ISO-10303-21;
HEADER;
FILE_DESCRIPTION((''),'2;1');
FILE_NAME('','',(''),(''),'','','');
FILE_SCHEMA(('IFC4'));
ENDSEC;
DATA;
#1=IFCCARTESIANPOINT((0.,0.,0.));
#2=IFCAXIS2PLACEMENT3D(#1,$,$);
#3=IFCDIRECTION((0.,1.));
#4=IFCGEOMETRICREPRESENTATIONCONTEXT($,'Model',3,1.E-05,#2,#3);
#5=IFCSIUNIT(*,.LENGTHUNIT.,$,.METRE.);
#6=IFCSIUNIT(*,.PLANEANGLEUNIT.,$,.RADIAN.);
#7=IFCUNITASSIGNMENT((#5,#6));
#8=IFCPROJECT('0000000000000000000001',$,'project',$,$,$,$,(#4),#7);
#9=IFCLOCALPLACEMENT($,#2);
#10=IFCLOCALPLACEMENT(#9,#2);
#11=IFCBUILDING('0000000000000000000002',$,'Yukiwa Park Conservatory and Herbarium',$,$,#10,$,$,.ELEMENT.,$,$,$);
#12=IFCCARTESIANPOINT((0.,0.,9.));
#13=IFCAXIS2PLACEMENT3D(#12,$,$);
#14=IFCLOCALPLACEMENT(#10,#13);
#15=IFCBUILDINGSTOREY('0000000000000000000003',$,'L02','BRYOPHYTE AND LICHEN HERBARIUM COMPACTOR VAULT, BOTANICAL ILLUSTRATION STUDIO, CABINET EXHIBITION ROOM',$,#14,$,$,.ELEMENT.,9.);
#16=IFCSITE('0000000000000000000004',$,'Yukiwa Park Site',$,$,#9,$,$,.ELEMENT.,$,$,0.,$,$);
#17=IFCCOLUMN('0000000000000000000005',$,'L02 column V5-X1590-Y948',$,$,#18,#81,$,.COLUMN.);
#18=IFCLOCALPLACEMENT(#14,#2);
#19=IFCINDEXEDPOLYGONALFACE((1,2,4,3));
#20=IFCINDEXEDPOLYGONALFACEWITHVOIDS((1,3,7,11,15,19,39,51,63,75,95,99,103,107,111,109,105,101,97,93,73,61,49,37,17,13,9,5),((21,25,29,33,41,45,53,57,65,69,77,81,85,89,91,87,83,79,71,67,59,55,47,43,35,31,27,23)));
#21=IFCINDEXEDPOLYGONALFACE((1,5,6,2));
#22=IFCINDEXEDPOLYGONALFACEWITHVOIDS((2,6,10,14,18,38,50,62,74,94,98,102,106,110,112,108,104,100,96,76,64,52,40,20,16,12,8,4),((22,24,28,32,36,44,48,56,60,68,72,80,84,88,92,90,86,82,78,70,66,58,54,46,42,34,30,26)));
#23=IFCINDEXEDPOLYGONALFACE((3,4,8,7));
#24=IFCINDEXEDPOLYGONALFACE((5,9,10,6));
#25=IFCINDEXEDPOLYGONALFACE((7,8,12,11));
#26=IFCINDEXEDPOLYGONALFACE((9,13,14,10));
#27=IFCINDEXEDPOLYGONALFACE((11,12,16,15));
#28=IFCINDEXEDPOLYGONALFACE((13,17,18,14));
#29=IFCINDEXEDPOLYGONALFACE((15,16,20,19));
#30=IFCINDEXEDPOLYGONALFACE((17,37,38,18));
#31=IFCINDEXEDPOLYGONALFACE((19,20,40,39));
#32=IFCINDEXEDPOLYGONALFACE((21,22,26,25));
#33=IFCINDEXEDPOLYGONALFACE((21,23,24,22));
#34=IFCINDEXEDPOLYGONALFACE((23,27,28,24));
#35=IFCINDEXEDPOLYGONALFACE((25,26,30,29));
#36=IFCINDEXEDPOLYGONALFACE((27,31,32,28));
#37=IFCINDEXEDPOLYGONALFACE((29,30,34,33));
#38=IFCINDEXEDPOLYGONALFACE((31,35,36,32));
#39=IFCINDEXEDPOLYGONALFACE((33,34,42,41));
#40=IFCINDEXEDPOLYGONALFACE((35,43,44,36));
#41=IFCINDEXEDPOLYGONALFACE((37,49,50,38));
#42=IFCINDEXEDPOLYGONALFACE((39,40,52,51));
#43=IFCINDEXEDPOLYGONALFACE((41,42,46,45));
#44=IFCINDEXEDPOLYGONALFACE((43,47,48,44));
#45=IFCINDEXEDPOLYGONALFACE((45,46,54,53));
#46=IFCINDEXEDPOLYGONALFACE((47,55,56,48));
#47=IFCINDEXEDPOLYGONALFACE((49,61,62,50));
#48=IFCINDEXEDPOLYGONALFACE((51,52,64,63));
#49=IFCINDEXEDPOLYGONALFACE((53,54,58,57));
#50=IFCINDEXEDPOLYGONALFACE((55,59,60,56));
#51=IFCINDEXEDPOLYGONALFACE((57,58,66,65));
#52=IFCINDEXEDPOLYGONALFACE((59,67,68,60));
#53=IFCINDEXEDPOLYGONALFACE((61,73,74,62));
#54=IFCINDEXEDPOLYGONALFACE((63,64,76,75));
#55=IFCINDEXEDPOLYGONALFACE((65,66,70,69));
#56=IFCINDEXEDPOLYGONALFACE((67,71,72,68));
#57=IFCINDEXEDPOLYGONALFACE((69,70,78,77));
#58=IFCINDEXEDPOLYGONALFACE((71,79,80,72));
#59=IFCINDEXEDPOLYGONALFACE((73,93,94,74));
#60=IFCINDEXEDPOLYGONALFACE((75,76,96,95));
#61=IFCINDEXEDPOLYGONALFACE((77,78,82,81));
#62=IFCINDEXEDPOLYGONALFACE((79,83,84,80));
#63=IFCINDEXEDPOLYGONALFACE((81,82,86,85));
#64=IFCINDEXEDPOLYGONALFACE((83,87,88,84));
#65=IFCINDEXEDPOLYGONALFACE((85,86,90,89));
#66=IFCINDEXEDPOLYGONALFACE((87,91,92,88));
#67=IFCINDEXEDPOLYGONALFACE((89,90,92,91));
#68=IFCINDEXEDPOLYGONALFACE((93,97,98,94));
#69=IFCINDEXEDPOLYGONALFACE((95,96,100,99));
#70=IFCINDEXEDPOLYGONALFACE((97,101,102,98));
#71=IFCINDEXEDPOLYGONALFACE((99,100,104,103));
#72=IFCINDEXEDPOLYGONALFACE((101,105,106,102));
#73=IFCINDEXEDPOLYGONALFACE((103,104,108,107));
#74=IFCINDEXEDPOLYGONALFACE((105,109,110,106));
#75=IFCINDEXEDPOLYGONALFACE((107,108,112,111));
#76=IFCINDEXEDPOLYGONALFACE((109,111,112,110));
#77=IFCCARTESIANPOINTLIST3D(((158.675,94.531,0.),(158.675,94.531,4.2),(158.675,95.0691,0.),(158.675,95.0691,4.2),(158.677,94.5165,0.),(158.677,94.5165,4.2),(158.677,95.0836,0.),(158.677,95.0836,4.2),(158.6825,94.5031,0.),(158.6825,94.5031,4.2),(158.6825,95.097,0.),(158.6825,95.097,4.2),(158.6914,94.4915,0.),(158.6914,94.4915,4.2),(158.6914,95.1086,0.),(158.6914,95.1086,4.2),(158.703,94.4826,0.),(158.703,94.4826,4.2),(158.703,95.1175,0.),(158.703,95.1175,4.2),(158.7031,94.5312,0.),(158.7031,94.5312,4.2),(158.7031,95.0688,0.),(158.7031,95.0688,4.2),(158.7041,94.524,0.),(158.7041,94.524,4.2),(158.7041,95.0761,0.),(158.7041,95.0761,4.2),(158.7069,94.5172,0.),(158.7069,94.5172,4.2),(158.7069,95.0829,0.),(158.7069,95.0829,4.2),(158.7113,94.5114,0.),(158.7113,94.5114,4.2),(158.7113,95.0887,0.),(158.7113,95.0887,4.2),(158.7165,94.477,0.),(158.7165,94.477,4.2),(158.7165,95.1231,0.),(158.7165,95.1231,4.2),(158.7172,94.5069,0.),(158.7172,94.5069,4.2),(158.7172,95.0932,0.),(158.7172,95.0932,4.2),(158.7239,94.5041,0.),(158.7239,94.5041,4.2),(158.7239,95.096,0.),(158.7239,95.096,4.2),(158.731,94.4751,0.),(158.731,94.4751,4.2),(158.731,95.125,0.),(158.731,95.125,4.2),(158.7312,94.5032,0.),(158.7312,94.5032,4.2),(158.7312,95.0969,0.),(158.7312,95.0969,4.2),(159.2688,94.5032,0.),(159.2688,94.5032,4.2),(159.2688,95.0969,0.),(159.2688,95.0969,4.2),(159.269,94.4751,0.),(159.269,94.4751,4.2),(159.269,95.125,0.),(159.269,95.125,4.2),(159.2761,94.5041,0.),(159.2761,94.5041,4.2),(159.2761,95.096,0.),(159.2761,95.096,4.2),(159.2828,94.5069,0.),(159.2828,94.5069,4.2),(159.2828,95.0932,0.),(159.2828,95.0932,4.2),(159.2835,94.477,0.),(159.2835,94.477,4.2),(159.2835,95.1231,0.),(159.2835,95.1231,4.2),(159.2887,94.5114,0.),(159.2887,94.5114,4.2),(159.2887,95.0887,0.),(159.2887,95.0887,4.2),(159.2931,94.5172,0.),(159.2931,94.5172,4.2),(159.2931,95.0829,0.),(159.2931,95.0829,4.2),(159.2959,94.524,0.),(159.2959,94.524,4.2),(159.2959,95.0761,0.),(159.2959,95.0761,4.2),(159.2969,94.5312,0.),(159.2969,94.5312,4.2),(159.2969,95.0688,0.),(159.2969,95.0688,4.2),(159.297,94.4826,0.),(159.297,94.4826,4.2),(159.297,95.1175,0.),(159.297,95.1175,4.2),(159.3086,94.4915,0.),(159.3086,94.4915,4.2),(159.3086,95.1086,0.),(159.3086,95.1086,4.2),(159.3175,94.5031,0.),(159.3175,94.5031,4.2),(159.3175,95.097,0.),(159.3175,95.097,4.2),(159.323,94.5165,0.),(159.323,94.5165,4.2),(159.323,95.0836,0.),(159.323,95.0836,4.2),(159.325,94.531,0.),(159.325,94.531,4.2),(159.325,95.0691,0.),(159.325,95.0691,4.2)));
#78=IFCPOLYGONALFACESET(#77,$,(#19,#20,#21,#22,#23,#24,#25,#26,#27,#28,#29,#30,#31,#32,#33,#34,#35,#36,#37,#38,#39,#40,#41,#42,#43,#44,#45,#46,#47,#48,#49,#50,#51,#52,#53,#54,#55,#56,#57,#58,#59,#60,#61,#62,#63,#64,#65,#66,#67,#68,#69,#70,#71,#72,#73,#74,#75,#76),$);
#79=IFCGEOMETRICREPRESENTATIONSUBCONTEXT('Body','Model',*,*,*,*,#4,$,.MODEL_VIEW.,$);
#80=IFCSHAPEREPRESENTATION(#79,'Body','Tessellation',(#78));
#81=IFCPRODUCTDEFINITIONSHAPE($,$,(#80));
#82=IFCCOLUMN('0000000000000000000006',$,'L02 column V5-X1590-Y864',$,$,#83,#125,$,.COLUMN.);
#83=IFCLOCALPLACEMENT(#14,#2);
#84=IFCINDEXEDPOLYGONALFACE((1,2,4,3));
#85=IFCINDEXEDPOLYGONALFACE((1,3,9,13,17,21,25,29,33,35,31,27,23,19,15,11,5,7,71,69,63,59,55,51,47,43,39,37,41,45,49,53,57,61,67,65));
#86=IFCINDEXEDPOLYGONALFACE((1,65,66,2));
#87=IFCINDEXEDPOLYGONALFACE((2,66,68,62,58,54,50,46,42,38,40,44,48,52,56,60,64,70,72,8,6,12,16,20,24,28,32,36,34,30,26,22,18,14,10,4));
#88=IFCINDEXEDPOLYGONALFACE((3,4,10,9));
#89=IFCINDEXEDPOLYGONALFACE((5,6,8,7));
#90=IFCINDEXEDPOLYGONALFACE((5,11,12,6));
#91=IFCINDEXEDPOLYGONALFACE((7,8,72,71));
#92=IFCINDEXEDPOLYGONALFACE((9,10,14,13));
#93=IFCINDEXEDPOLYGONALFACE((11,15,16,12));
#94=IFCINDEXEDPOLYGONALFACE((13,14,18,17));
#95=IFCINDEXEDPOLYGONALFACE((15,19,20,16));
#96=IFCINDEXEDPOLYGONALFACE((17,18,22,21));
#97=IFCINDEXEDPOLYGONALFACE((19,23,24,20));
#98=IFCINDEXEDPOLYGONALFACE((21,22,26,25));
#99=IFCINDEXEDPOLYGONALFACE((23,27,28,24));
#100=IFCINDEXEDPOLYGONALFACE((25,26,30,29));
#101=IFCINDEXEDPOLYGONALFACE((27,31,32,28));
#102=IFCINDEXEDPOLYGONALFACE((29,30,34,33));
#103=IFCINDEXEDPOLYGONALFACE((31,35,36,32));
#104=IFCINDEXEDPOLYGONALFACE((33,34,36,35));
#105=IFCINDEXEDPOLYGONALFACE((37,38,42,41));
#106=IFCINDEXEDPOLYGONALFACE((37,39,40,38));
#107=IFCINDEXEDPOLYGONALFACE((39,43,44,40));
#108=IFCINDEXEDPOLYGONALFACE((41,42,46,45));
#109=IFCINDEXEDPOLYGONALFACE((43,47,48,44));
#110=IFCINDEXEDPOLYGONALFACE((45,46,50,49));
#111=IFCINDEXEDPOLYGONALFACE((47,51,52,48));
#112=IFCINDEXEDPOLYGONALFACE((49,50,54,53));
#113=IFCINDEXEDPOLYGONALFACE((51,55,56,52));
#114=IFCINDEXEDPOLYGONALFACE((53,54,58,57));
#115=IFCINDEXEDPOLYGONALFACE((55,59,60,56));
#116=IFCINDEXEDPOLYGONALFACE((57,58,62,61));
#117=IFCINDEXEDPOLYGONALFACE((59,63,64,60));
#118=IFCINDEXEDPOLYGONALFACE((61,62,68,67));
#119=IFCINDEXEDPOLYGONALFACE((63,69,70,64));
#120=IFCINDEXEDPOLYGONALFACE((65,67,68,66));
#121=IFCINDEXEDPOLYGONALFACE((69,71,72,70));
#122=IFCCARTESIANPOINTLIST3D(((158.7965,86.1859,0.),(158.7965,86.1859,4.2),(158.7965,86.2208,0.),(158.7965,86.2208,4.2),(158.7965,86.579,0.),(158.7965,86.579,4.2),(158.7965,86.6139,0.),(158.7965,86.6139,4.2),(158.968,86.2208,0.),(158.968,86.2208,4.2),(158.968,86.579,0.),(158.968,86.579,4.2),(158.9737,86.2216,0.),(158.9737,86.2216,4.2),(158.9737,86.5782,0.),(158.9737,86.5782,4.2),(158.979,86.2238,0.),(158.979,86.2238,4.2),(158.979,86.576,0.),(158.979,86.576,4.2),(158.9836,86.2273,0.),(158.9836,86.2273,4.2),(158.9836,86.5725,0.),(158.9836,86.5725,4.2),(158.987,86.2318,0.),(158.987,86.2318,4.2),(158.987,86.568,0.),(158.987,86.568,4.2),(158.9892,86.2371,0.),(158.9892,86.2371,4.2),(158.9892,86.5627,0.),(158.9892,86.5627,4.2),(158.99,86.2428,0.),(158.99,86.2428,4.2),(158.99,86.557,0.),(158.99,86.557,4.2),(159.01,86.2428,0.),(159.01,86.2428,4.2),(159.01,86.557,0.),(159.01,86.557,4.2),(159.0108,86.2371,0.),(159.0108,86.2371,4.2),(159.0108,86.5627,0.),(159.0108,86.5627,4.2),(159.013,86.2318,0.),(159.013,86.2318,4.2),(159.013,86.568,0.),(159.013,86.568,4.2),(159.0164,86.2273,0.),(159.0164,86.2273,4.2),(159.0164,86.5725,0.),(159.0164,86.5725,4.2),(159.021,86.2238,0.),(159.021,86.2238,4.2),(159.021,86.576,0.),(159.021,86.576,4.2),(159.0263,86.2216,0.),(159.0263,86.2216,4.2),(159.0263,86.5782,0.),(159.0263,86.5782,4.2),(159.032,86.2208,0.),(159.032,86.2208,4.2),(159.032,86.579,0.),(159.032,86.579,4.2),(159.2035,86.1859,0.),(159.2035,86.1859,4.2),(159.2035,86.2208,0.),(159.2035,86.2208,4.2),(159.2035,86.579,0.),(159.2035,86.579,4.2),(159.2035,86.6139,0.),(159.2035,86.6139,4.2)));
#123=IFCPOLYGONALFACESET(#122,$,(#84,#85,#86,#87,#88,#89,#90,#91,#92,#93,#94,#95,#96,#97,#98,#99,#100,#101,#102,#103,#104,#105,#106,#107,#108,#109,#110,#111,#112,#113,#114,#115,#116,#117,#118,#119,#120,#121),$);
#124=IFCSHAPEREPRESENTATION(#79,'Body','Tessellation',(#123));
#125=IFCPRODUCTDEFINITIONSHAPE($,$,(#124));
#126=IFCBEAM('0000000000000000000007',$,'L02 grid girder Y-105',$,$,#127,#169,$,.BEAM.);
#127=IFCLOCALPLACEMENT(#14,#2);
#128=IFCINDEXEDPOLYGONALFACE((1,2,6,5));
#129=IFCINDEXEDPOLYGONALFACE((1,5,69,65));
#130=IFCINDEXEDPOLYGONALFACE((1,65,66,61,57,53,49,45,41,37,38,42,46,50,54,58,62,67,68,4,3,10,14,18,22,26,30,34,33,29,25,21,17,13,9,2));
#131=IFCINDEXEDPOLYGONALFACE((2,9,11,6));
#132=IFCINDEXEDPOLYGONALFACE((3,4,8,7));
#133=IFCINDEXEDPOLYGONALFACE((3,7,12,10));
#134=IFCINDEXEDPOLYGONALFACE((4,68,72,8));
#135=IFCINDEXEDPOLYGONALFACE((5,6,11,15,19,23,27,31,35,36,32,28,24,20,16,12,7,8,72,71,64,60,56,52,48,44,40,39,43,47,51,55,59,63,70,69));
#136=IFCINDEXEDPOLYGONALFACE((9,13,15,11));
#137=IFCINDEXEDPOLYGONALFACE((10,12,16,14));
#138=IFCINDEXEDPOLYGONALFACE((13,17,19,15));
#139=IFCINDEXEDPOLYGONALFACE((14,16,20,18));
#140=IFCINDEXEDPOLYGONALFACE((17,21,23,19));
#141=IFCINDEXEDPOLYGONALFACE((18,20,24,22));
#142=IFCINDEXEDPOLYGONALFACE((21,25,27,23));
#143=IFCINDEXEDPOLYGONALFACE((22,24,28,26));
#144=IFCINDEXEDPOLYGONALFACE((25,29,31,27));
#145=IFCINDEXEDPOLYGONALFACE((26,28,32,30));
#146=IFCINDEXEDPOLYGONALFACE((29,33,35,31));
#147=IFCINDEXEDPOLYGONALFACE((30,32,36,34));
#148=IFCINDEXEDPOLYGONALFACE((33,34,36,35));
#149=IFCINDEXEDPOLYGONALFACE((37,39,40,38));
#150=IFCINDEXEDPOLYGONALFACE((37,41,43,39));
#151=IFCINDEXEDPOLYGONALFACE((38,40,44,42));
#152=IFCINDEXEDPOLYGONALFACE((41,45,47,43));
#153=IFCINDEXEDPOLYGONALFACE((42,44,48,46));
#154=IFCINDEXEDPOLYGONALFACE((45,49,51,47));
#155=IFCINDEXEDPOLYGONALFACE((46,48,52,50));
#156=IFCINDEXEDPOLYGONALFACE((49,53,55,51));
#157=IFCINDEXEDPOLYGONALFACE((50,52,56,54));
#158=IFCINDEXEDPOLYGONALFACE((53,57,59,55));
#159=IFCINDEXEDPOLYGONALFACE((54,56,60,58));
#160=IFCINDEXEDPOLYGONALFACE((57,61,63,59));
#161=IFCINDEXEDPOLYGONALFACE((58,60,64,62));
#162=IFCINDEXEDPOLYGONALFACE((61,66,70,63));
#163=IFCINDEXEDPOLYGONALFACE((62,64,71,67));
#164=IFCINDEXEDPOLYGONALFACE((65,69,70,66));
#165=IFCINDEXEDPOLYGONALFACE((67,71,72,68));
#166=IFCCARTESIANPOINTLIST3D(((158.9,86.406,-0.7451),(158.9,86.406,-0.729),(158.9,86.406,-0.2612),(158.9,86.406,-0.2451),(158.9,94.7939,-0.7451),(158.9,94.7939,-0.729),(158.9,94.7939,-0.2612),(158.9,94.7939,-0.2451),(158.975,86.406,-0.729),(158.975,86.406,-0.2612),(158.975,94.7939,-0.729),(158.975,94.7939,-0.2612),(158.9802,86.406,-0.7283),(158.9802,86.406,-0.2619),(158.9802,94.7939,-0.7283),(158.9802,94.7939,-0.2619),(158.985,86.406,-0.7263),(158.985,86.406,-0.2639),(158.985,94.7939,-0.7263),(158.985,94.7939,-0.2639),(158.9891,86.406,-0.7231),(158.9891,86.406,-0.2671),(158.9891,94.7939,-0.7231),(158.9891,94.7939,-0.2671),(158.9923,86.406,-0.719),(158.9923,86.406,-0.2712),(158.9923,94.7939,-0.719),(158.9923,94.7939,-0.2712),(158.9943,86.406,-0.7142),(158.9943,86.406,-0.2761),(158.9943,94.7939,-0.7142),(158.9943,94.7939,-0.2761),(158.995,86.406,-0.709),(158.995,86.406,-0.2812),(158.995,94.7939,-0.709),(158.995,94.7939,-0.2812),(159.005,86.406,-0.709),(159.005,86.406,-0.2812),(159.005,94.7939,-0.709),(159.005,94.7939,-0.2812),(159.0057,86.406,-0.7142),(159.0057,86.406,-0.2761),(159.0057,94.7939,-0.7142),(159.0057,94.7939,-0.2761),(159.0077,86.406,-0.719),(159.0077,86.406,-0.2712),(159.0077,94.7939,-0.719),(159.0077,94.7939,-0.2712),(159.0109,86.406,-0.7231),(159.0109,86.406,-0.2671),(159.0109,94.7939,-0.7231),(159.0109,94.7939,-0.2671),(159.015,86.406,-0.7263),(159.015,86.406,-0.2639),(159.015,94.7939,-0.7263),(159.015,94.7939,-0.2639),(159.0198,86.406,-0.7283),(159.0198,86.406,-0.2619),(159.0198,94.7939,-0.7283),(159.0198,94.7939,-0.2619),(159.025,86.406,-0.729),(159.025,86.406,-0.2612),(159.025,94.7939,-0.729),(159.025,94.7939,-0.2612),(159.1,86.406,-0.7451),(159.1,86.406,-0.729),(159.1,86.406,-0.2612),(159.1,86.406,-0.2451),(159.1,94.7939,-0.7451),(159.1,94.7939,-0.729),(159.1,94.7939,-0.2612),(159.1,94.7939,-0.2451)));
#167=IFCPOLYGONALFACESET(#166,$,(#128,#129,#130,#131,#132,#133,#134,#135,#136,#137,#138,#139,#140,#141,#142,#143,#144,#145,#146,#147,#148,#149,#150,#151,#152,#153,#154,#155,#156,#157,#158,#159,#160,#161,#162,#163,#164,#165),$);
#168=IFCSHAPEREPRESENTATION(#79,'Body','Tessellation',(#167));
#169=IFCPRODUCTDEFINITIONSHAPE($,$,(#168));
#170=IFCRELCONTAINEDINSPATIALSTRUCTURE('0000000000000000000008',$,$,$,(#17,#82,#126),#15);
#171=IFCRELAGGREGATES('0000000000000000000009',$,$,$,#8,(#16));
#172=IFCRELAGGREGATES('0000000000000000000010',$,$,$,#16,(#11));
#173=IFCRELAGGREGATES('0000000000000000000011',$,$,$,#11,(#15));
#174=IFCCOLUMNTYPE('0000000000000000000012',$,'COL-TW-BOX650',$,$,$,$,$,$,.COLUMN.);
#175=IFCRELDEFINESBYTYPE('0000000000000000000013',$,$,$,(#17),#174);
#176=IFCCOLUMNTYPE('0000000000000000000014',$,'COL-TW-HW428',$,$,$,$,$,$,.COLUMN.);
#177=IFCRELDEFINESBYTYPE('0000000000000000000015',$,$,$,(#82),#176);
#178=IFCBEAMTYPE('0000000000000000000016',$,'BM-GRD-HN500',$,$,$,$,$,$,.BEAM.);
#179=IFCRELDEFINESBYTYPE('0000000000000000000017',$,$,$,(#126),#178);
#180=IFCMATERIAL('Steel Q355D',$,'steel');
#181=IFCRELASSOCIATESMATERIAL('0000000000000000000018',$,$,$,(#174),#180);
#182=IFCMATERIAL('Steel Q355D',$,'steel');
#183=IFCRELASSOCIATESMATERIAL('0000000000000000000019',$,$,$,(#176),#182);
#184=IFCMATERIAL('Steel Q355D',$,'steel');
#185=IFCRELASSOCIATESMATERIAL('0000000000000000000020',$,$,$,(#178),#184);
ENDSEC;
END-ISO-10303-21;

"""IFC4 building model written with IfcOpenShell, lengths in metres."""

from ifc_helpers import new_model, si_unit, direction, frame, origin, origin_2d, place, context, subcontext, project, spatial, hollow_rectangle, i_section, extrude, material, material_profile, profile_set, type_object, element, save


model = new_model("IFC4")

# Units and contexts
model_context = context("Model", 3, precision=1e-05, world=origin(), true_north=direction((0.0, 1.0)))
body_context = subcontext(model_context, "Body", "Model", "MODEL_VIEW")
ifc_project = project(units=[si_unit("LENGTHUNIT", "METRE"), si_unit("PLANEANGLEUNIT", "RADIAN")], contexts=[model_context])

# Site, building, storey
site_placement = place(None, origin())
site = spatial("IfcSite", under=ifc_project, at=site_placement, Name="Yukiwa Park Site", CompositionType="ELEMENT", RefElevation=0.0)
building_placement = place(site_placement, origin())
building = spatial("IfcBuilding", under=site, at=building_placement, Name="Yukiwa Park Conservatory and Herbarium", CompositionType="ELEMENT")
storey_placement = place(building_placement, frame((0.0, 0.0, 9.0)))
storey = spatial("IfcBuildingStorey", under=building, at=storey_placement, Name="L02", Description="BRYOPHYTE AND LICHEN HERBARIUM COMPACTOR VAULT, BOTANICAL ILLUSTRATION STUDIO, CABINET EXHIBITION ROOM", CompositionType="ELEMENT", Elevation=9.0)

# Columns
ifc_material_1 = material(Name="Steel Q355D", Category="steel")
ifc_material_profile_1 = material_profile(ifc_material_1, hollow_rectangle(XDim=0.6499, YDim=0.6499, WallThickness=0.0281, InnerFilletRadius=0.0281, OuterFilletRadius=0.0559, at=origin_2d()), Name="BOX 650x650x28")
ifc_profile_set_1 = profile_set([ifc_material_profile_1], Name="Steel Q355D")
column_type_1 = type_object("IfcColumnType", Name="COL-TW-BOX650", PredefinedType="COLUMN", material=ifc_profile_set_1)
column_1_placement = place(storey_placement, frame((159.0, 94.8, 0.0), z_axis=(0.0, 0.0, 1.0), x_axis=(1.0, 0.0, 0.0)))
element("IfcColumn", 1, at=column_1_placement, inside=storey, type_object=column_type_1, Name="L02 column V5-X1590-Y948", PredefinedType="COLUMN", context=body_context, shape_type="SweptSolid", body=[
    extrude(hollow_rectangle(XDim=0.6499, YDim=0.6499, WallThickness=0.0281, InnerFilletRadius=0.0281, OuterFilletRadius=0.0559, at=origin_2d()), origin(), (0.0, 0.0, 1.0), 4.2),
])
ifc_material_2 = material(Name="Steel Q355D", Category="steel")
ifc_material_profile_2 = material_profile(ifc_material_2, i_section(OverallWidth=0.407, OverallDepth=0.428, WebThickness=0.02, FlangeThickness=0.0349, FilletRadius=0.022, at=origin_2d()), Name="HW 428x407x20x35")
ifc_profile_set_2 = profile_set([ifc_material_profile_2], Name="Steel Q355D")
column_type_2 = type_object("IfcColumnType", Name="COL-TW-HW428", PredefinedType="COLUMN", material=ifc_profile_set_2)
column_2_placement = place(storey_placement, frame((159.0, 86.3999, 0.0), z_axis=(0.0, 0.0, 1.0), x_axis=(1.0, 0.0, 0.0)))
element("IfcColumn", 2, at=column_2_placement, inside=storey, type_object=column_type_2, Name="L02 column V5-X1590-Y864", PredefinedType="COLUMN", context=body_context, shape_type="SweptSolid", body=[
    extrude(i_section(OverallWidth=0.407, OverallDepth=0.428, WebThickness=0.02, FlangeThickness=0.0349, FilletRadius=0.022, at=origin_2d()), origin(), (0.0, 0.0, 1.0), 4.2),
])

# Beam
ifc_material_3 = material(Name="Steel Q355D", Category="steel")
ifc_material_profile_3 = material_profile(ifc_material_3, i_section(OverallWidth=0.2, OverallDepth=0.5, WebThickness=0.01, FlangeThickness=0.0161, FilletRadius=0.02, at=origin_2d()), Name="HN 500x200x10x16")
ifc_profile_set_3 = profile_set([ifc_material_profile_3], Name="Steel Q355D")
beam_type_1 = type_object("IfcBeamType", Name="BM-GRD-HN500", PredefinedType="BEAM", material=ifc_profile_set_3)
beam_1_placement = place(storey_placement, frame((159.0, 86.406, -0.4951), z_axis=(0.0, 1.0, 0.0), x_axis=(-1.0, 0.0, 0.0)))
element("IfcBeam", 3, at=beam_1_placement, inside=storey, type_object=beam_type_1, Name="L02 grid girder Y-105", PredefinedType="BEAM", context=body_context, shape_type="SweptSolid", body=[
    extrude(i_section(OverallWidth=0.2, OverallDepth=0.5, WebThickness=0.01, FlangeThickness=0.0161, FilletRadius=0.02, at=origin_2d()), origin(), (0.0, 0.0, 1.0), 8.3879),
])

save(model, "model.ifc")
